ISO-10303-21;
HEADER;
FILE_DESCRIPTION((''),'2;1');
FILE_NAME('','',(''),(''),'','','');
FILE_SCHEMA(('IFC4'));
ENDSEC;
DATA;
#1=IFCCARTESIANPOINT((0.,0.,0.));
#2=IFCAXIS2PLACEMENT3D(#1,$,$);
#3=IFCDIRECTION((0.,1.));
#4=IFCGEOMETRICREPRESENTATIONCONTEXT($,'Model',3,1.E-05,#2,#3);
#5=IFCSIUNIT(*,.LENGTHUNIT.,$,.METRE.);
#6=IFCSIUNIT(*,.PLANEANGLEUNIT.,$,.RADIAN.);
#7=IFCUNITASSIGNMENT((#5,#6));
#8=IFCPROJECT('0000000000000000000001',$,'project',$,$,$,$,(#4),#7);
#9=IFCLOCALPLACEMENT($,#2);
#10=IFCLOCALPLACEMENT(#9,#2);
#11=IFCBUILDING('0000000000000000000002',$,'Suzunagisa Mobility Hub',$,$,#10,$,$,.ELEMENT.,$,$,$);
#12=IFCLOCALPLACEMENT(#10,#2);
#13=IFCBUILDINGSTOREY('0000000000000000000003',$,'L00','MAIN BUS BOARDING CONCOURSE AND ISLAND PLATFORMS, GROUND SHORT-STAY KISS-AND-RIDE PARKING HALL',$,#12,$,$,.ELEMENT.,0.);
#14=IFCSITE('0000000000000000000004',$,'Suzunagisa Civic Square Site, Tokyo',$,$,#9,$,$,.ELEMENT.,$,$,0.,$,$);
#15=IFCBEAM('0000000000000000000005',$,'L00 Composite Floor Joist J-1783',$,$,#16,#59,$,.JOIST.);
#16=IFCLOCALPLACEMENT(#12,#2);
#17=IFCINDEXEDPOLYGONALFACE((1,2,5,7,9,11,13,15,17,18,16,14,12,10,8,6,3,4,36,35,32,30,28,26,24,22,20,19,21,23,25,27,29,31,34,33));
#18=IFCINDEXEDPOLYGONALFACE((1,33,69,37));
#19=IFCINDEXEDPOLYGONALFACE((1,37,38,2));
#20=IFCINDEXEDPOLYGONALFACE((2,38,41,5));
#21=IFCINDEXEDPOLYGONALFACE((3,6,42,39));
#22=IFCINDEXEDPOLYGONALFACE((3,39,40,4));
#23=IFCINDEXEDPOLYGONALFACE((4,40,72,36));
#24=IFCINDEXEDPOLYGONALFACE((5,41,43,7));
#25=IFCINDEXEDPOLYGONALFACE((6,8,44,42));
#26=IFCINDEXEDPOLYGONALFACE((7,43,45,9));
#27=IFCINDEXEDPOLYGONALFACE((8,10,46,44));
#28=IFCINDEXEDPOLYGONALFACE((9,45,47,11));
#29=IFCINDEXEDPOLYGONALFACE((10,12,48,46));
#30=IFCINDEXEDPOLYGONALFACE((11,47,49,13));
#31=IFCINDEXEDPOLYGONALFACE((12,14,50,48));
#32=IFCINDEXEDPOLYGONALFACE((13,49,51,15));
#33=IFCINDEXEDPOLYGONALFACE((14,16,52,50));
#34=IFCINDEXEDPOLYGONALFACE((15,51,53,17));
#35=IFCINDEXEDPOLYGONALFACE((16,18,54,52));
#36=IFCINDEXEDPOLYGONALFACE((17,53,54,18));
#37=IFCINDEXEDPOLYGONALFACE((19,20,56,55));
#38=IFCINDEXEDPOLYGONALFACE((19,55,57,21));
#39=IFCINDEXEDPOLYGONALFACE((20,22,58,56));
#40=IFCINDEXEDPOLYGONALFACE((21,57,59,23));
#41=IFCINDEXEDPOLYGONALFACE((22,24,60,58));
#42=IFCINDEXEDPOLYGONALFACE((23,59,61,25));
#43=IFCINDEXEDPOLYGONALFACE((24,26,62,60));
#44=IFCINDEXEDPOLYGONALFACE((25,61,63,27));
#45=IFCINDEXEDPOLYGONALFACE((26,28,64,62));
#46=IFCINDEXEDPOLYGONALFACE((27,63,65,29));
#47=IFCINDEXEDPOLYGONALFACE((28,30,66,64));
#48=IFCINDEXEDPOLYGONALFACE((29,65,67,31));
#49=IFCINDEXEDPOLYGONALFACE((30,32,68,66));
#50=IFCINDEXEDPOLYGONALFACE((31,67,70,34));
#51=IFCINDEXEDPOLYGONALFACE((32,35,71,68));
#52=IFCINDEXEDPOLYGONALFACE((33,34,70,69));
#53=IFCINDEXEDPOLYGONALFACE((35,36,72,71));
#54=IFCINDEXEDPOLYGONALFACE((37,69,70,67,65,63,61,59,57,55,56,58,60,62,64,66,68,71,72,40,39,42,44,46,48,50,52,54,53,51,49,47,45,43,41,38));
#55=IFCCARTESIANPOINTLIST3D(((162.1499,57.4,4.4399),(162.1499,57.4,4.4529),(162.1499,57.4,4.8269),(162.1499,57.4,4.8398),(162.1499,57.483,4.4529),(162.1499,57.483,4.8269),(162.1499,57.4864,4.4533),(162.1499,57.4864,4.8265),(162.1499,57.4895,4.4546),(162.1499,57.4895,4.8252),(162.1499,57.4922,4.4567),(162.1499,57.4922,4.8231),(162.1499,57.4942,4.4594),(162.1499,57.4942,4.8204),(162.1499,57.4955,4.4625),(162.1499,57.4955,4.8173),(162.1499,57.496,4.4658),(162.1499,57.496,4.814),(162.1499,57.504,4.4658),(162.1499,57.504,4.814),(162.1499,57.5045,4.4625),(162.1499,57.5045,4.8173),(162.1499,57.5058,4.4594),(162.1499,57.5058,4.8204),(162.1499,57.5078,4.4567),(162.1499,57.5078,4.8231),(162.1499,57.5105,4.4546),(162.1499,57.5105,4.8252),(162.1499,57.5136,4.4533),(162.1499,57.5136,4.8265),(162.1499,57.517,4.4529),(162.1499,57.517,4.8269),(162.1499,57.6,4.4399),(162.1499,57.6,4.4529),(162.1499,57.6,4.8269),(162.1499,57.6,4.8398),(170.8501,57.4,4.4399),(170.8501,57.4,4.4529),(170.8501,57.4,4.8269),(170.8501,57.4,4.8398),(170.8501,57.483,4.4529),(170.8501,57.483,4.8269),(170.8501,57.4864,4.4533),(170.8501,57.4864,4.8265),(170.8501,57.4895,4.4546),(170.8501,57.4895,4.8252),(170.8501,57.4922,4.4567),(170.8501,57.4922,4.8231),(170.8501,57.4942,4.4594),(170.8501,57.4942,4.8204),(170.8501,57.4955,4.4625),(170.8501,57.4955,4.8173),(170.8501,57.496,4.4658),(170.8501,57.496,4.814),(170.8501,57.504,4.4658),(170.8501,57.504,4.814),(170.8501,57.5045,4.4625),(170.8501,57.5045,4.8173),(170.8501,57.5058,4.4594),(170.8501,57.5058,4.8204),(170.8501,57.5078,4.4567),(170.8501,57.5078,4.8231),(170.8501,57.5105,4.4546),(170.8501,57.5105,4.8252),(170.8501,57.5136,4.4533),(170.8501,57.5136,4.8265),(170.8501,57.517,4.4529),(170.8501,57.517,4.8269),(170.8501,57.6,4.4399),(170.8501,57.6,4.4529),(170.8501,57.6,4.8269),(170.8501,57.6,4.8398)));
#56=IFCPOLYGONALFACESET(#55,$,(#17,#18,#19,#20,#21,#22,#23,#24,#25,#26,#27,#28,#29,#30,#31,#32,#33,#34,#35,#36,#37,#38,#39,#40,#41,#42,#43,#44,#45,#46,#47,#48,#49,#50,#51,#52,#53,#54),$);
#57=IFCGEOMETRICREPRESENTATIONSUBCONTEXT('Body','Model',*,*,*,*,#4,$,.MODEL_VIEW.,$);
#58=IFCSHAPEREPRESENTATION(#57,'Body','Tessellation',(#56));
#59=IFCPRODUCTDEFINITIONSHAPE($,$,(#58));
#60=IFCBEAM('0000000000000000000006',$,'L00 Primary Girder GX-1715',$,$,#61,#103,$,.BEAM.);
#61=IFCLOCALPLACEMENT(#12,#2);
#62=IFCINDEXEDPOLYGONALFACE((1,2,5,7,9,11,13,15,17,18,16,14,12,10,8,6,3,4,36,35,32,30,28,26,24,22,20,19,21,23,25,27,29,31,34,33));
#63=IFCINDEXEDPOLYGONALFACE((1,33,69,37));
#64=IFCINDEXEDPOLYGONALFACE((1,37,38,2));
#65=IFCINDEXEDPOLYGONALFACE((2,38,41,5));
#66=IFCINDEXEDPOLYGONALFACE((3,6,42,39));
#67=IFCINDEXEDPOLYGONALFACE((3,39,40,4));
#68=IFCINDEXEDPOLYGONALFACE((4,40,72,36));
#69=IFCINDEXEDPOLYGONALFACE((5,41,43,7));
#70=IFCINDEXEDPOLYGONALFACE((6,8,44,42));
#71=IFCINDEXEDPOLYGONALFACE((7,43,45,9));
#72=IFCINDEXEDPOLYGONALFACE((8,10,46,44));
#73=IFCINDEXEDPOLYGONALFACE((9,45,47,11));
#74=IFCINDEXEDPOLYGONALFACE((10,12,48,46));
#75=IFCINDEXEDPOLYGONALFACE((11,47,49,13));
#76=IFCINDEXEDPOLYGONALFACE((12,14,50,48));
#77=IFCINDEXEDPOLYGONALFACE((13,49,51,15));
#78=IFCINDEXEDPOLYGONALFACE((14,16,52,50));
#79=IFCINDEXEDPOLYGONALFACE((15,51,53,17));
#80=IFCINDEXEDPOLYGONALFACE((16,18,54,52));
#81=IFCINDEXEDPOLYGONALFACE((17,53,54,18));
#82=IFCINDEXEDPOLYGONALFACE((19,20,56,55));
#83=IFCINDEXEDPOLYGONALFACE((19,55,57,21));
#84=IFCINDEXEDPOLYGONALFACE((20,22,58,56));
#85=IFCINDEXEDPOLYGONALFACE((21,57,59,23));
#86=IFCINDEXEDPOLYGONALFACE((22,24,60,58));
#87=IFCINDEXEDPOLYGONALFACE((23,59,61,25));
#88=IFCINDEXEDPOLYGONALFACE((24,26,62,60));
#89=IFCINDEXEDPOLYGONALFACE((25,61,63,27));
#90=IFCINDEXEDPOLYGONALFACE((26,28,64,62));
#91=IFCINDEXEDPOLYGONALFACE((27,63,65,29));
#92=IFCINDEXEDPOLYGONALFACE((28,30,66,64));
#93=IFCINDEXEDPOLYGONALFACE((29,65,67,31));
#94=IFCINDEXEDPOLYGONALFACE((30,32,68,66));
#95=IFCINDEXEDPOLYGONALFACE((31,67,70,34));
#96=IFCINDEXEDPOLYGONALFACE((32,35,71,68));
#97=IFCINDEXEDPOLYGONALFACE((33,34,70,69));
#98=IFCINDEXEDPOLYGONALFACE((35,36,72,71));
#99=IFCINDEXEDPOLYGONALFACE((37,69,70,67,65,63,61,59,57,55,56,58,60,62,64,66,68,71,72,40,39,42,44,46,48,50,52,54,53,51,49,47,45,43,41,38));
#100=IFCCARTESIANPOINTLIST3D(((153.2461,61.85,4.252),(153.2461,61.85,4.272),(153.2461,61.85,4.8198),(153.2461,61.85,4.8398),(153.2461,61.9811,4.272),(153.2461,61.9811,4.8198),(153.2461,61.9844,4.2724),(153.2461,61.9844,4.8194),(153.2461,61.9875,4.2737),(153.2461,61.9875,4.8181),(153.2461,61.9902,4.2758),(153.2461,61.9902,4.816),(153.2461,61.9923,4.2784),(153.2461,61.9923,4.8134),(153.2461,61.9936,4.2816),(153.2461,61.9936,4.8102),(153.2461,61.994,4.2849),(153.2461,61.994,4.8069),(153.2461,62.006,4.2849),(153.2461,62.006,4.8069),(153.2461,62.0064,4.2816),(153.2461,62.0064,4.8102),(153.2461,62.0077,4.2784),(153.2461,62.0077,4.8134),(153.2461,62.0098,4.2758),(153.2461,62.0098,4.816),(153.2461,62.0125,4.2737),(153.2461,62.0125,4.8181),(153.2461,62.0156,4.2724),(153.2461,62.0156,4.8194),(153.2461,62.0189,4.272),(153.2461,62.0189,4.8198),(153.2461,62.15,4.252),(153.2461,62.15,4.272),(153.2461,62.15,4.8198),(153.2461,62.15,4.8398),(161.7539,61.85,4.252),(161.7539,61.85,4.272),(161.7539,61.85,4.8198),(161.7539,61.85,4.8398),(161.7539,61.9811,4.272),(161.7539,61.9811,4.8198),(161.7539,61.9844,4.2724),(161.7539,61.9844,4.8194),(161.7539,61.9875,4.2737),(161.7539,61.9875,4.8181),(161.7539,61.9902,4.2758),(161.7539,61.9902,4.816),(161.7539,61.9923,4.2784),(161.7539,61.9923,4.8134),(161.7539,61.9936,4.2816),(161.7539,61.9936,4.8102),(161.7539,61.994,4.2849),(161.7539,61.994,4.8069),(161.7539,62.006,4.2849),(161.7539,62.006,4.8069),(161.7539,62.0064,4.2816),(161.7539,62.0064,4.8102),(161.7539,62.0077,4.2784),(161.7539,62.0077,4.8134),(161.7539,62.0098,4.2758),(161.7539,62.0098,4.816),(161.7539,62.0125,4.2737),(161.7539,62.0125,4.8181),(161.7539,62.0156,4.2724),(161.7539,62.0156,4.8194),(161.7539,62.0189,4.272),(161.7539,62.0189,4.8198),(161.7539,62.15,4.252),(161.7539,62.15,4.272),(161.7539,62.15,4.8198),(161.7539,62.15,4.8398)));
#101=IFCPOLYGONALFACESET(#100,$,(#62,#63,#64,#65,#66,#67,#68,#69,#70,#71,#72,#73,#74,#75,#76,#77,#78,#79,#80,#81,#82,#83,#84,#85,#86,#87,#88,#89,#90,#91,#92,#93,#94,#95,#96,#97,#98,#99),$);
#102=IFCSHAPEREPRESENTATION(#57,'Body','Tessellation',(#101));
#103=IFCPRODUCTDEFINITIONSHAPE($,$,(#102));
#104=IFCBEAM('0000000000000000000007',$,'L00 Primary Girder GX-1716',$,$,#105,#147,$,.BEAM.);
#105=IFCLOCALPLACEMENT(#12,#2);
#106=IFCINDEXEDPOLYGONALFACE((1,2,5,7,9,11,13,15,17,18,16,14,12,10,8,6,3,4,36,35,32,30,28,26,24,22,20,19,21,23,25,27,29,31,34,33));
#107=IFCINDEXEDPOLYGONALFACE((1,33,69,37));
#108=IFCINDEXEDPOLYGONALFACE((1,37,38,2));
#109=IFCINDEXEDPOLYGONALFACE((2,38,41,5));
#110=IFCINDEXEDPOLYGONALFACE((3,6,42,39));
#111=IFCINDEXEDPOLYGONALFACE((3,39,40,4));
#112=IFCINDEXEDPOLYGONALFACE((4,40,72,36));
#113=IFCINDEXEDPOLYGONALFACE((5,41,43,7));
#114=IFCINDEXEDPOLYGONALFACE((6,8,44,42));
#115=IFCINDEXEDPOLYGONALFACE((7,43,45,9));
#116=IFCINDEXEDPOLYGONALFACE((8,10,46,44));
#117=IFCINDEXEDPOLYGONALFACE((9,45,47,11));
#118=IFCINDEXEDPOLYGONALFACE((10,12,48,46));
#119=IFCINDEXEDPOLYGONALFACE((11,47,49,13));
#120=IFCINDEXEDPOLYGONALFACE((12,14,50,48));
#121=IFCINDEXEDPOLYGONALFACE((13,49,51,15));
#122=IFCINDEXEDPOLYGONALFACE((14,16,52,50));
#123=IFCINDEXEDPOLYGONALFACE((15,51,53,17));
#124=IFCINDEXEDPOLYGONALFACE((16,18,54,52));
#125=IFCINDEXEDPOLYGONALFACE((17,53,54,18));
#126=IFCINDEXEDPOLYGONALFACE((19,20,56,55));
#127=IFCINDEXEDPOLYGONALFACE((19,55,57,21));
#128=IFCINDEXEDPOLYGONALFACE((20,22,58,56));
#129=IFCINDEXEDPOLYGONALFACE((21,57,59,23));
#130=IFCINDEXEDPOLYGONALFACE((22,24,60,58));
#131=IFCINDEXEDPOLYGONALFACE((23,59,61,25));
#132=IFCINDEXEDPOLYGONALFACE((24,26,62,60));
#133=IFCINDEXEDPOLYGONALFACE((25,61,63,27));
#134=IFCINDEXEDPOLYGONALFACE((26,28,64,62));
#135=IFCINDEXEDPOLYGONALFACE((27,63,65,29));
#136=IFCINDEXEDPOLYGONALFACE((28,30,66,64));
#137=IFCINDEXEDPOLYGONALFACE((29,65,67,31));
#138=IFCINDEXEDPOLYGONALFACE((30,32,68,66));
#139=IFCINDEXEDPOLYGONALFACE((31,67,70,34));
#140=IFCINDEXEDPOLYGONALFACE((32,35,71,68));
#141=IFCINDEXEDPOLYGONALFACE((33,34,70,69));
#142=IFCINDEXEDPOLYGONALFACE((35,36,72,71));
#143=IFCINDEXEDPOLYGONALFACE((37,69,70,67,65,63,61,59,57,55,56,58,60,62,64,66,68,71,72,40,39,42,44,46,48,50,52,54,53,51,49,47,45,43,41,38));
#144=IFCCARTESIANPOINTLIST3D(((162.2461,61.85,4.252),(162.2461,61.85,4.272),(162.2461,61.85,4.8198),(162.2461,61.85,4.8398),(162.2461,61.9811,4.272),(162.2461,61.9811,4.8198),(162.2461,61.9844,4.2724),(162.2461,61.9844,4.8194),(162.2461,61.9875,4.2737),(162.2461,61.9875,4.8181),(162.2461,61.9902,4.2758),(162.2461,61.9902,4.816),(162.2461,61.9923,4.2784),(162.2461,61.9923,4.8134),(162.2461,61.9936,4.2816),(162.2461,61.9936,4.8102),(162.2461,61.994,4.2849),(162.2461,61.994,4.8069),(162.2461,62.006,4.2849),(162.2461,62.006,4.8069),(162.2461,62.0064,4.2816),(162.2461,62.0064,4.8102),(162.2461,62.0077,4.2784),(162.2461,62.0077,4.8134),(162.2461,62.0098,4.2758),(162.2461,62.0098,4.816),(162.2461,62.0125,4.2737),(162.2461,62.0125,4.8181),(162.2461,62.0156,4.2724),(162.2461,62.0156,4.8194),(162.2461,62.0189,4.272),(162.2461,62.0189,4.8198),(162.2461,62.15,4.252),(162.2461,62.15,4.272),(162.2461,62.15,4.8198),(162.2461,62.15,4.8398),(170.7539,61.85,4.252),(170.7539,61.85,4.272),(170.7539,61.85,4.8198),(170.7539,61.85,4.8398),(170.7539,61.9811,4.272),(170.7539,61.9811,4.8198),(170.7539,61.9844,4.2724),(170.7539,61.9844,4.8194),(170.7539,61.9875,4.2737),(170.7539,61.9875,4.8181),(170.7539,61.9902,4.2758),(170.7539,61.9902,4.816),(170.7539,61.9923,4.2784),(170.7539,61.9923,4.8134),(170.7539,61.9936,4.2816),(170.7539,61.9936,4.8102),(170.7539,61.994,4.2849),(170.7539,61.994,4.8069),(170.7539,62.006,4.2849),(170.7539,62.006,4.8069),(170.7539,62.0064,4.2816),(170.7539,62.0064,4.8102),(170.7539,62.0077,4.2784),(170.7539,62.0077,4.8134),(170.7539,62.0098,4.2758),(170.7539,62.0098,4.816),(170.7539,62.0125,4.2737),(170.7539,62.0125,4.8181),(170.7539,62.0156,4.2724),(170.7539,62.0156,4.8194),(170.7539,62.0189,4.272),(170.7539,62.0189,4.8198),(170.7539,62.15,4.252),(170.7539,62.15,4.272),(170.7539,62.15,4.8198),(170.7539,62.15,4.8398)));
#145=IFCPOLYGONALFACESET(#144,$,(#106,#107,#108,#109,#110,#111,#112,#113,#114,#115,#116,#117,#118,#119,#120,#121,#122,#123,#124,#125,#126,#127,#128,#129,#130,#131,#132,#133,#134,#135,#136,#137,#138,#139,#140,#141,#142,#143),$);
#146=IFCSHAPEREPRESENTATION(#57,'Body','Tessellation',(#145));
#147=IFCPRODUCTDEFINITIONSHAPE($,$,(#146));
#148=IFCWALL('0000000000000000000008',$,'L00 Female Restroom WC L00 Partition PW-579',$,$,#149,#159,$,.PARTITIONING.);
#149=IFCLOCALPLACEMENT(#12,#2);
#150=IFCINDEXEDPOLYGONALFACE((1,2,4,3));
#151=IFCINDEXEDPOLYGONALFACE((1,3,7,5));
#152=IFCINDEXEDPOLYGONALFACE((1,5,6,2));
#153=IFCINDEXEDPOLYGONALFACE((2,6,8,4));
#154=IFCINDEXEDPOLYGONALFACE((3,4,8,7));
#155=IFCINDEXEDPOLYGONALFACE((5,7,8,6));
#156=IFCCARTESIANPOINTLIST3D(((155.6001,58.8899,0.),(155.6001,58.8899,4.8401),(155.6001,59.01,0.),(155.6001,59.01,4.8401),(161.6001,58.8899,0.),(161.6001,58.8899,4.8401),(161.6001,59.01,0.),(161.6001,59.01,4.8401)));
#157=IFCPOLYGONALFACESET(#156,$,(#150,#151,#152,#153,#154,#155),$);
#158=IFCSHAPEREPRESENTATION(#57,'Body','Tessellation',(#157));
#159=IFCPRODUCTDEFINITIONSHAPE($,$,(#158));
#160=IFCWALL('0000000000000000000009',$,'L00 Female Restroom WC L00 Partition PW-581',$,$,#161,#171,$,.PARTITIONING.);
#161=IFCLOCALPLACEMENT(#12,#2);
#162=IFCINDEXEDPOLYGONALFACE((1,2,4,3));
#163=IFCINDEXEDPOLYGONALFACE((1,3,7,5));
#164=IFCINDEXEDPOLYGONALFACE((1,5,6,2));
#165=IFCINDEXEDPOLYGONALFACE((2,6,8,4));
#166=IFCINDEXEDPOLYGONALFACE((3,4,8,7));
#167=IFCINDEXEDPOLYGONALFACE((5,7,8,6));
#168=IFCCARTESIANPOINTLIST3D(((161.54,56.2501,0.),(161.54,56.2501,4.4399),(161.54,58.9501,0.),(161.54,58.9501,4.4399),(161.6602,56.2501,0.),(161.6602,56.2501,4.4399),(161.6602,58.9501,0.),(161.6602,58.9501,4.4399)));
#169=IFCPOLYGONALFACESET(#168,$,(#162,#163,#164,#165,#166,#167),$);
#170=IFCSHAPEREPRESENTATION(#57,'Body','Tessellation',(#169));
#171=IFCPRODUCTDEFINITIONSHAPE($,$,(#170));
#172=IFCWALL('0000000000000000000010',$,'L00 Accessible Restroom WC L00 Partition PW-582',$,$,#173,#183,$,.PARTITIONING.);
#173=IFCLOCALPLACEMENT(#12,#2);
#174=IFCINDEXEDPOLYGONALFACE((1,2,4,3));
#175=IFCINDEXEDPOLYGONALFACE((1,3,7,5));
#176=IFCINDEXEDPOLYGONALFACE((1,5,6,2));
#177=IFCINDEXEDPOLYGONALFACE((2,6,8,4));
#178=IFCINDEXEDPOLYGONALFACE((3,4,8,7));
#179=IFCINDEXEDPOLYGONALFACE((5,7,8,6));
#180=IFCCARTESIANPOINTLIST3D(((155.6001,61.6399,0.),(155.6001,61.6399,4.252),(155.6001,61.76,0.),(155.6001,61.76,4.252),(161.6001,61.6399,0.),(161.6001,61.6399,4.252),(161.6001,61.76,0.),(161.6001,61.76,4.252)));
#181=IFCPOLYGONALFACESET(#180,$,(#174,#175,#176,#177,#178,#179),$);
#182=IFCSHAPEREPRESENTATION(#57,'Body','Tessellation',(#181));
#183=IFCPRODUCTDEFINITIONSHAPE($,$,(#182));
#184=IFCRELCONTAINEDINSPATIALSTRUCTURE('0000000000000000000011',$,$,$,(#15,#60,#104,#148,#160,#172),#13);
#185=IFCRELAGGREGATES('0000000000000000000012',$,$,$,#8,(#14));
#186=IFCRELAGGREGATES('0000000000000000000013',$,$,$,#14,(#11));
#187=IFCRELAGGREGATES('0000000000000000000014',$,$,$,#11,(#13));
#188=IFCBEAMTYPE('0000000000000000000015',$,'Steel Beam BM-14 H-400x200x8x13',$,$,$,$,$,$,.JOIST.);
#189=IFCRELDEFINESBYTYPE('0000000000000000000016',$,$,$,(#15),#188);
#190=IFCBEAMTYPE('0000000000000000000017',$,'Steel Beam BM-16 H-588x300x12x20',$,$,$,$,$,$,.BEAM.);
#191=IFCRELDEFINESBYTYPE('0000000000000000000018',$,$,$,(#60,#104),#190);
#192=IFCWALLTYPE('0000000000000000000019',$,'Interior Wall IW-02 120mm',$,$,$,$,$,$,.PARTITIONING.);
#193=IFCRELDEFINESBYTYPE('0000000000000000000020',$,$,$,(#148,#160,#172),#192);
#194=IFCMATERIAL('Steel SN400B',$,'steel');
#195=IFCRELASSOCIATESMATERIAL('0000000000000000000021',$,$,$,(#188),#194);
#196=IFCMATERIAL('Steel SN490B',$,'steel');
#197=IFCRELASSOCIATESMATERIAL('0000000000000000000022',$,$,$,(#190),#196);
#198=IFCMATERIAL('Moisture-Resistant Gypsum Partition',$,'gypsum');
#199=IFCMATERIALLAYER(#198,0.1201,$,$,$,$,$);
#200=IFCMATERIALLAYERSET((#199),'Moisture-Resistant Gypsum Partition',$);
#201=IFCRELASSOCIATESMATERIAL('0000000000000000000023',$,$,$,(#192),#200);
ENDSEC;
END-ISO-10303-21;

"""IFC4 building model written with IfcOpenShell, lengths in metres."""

from ifc_helpers import new_model, si_unit, direction, frame, frame_2d, origin, origin_2d, place, context, subcontext, project, spatial, rectangle, i_section, extrude, material, layer, layer_set, material_profile, profile_set, type_object, element, save


model = new_model("IFC4")

# Units and contexts
model_context = context("Model", 3, precision=1e-05, world=origin(), true_north=direction((0.0, 1.0)))
body_context = subcontext(model_context, "Body", "Model", "MODEL_VIEW")
ifc_project = project(units=[si_unit("LENGTHUNIT", "METRE"), si_unit("PLANEANGLEUNIT", "RADIAN")], contexts=[model_context])

# Site, building, storey
site_placement = place(None, origin())
site = spatial("IfcSite", under=ifc_project, at=site_placement, Name="Suzunagisa Civic Square Site, Tokyo", CompositionType="ELEMENT", RefElevation=0.0)
building_placement = place(site_placement, origin())
building = spatial("IfcBuilding", under=site, at=building_placement, Name="Suzunagisa Mobility Hub", CompositionType="ELEMENT")
storey_placement = place(building_placement, origin())
storey = spatial("IfcBuildingStorey", under=building, at=storey_placement, Name="L00", Description="MAIN BUS BOARDING CONCOURSE AND ISLAND PLATFORMS, GROUND SHORT-STAY KISS-AND-RIDE PARKING HALL", CompositionType="ELEMENT", Elevation=0.0)

# Shared definitions
ifc_material_1 = material(Name="Steel SN490B", Category="steel")

# Beams
ifc_material_2 = material(Name="Steel SN400B", Category="steel")
ifc_material_profile_1 = material_profile(ifc_material_2, i_section(OverallWidth=0.2, OverallDepth=0.3999, WebThickness=0.0081, FlangeThickness=0.0129, FilletRadius=0.0129, at=origin_2d()), Name="H-400x200x8x13")
ifc_profile_set_1 = profile_set([ifc_material_profile_1], Name="Steel SN400B")
beam_type_1 = type_object("IfcBeamType", Name="Steel Beam BM-14 H-400x200x8x13", PredefinedType="JOIST", material=ifc_profile_set_1)
for number, where, z_axis, x_axis, name in (
    (1, (162.1499, 57.5, 4.6399), (1.0, 0.0, 0.0), (0.0, 1.0, 0.0), "L00 Composite Floor Joist J-1783"),
):
    element("IfcBeam", number, at=place(storey_placement, frame(where, z_axis=z_axis, x_axis=x_axis)), inside=storey, type_object=beam_type_1, Name=name, PredefinedType="JOIST", context=body_context, shape_type="SweptSolid", body=[
        extrude(i_section(OverallWidth=0.2, OverallDepth=0.3999, WebThickness=0.0081, FlangeThickness=0.0129, FilletRadius=0.0129, at=origin_2d()), origin(), (0.0, 0.0, 1.0), 8.7002),
    ])
ifc_material_profile_2 = material_profile(ifc_material_1, i_section(OverallWidth=0.3, OverallDepth=0.5879, WebThickness=0.012, FlangeThickness=0.02, FilletRadius=0.0129, at=origin_2d()), Name="H-588x300x12x20")
ifc_profile_set_2 = profile_set([ifc_material_profile_2], Name="Steel SN490B")
beam_type_2 = type_object("IfcBeamType", Name="Steel Beam BM-16 H-588x300x12x20", PredefinedType="BEAM", material=ifc_profile_set_2)
for number, where, z_axis, x_axis, name in (
    (2, (153.2461, 62.0, 4.5459), (1.0, 0.0, 0.0), (0.0, 1.0, 0.0), "L00 Primary Girder GX-1715"),
    (3, (162.2461, 62.0, 4.5459), (1.0, 0.0, 0.0), (0.0, 1.0, 0.0), "L00 Primary Girder GX-1716"),
):
    element("IfcBeam", number, at=place(storey_placement, frame(where, z_axis=z_axis, x_axis=x_axis)), inside=storey, type_object=beam_type_2, Name=name, PredefinedType="BEAM", context=body_context, shape_type="SweptSolid", body=[
        extrude(i_section(OverallWidth=0.3, OverallDepth=0.5879, WebThickness=0.012, FlangeThickness=0.02, FilletRadius=0.0129, at=origin_2d()), origin(), (0.0, 0.0, 1.0), 8.5078),
    ])

# Wall
ifc_material_3 = material(Name="Moisture-Resistant Gypsum Partition", Category="gypsum")
ifc_layer_1 = layer(ifc_material_3, 0.1201)
ifc_layer_set_1 = layer_set([ifc_layer_1], Name="Moisture-Resistant Gypsum Partition")
wall_type_1 = type_object("IfcWallType", Name="Interior Wall IW-02 120mm", PredefinedType="PARTITIONING", material=ifc_layer_set_1)
wall_1_placement = place(storey_placement, frame((155.6001, 58.95, 0.0), z_axis=(0.0, 0.0, 1.0), x_axis=(1.0, 0.0, 0.0)))
element("IfcWall", 4, at=wall_1_placement, inside=storey, type_object=wall_type_1, Name="L00 Female Restroom WC L00 Partition PW-579", PredefinedType="PARTITIONING", context=body_context, shape_type="SweptSolid", body=[
    extrude(rectangle(XDim=6.0, YDim=0.1201, at=frame_2d((3.0, 0.0))), origin(), (0.0, 0.0, 1.0), 4.8401),
])

# Walls
wall_2_placement = place(storey_placement, frame((161.6001, 56.25, 0.0), z_axis=(0.0, 0.0, 1.0), x_axis=(0.0, 1.0, 0.0)))
element("IfcWall", 5, at=wall_2_placement, inside=storey, type_object=wall_type_1, Name="L00 Female Restroom WC L00 Partition PW-581", PredefinedType="PARTITIONING", context=body_context, shape_type="SweptSolid", body=[
    extrude(rectangle(XDim=2.7, YDim=0.1201, at=frame_2d((1.3501, 0.0))), origin(), (0.0, 0.0, 1.0), 4.4399),
])
wall_3_placement = place(storey_placement, frame((155.6001, 61.7, 0.0), z_axis=(0.0, 0.0, 1.0), x_axis=(1.0, 0.0, 0.0)))
element("IfcWall", 6, at=wall_3_placement, inside=storey, type_object=wall_type_1, Name="L00 Accessible Restroom WC L00 Partition PW-582", PredefinedType="PARTITIONING", context=body_context, shape_type="SweptSolid", body=[
    extrude(rectangle(XDim=6.0, YDim=0.1201, at=frame_2d((3.0, 0.0))), origin(), (0.0, 0.0, 1.0), 4.252),
])

save(model, "model.ifc")
